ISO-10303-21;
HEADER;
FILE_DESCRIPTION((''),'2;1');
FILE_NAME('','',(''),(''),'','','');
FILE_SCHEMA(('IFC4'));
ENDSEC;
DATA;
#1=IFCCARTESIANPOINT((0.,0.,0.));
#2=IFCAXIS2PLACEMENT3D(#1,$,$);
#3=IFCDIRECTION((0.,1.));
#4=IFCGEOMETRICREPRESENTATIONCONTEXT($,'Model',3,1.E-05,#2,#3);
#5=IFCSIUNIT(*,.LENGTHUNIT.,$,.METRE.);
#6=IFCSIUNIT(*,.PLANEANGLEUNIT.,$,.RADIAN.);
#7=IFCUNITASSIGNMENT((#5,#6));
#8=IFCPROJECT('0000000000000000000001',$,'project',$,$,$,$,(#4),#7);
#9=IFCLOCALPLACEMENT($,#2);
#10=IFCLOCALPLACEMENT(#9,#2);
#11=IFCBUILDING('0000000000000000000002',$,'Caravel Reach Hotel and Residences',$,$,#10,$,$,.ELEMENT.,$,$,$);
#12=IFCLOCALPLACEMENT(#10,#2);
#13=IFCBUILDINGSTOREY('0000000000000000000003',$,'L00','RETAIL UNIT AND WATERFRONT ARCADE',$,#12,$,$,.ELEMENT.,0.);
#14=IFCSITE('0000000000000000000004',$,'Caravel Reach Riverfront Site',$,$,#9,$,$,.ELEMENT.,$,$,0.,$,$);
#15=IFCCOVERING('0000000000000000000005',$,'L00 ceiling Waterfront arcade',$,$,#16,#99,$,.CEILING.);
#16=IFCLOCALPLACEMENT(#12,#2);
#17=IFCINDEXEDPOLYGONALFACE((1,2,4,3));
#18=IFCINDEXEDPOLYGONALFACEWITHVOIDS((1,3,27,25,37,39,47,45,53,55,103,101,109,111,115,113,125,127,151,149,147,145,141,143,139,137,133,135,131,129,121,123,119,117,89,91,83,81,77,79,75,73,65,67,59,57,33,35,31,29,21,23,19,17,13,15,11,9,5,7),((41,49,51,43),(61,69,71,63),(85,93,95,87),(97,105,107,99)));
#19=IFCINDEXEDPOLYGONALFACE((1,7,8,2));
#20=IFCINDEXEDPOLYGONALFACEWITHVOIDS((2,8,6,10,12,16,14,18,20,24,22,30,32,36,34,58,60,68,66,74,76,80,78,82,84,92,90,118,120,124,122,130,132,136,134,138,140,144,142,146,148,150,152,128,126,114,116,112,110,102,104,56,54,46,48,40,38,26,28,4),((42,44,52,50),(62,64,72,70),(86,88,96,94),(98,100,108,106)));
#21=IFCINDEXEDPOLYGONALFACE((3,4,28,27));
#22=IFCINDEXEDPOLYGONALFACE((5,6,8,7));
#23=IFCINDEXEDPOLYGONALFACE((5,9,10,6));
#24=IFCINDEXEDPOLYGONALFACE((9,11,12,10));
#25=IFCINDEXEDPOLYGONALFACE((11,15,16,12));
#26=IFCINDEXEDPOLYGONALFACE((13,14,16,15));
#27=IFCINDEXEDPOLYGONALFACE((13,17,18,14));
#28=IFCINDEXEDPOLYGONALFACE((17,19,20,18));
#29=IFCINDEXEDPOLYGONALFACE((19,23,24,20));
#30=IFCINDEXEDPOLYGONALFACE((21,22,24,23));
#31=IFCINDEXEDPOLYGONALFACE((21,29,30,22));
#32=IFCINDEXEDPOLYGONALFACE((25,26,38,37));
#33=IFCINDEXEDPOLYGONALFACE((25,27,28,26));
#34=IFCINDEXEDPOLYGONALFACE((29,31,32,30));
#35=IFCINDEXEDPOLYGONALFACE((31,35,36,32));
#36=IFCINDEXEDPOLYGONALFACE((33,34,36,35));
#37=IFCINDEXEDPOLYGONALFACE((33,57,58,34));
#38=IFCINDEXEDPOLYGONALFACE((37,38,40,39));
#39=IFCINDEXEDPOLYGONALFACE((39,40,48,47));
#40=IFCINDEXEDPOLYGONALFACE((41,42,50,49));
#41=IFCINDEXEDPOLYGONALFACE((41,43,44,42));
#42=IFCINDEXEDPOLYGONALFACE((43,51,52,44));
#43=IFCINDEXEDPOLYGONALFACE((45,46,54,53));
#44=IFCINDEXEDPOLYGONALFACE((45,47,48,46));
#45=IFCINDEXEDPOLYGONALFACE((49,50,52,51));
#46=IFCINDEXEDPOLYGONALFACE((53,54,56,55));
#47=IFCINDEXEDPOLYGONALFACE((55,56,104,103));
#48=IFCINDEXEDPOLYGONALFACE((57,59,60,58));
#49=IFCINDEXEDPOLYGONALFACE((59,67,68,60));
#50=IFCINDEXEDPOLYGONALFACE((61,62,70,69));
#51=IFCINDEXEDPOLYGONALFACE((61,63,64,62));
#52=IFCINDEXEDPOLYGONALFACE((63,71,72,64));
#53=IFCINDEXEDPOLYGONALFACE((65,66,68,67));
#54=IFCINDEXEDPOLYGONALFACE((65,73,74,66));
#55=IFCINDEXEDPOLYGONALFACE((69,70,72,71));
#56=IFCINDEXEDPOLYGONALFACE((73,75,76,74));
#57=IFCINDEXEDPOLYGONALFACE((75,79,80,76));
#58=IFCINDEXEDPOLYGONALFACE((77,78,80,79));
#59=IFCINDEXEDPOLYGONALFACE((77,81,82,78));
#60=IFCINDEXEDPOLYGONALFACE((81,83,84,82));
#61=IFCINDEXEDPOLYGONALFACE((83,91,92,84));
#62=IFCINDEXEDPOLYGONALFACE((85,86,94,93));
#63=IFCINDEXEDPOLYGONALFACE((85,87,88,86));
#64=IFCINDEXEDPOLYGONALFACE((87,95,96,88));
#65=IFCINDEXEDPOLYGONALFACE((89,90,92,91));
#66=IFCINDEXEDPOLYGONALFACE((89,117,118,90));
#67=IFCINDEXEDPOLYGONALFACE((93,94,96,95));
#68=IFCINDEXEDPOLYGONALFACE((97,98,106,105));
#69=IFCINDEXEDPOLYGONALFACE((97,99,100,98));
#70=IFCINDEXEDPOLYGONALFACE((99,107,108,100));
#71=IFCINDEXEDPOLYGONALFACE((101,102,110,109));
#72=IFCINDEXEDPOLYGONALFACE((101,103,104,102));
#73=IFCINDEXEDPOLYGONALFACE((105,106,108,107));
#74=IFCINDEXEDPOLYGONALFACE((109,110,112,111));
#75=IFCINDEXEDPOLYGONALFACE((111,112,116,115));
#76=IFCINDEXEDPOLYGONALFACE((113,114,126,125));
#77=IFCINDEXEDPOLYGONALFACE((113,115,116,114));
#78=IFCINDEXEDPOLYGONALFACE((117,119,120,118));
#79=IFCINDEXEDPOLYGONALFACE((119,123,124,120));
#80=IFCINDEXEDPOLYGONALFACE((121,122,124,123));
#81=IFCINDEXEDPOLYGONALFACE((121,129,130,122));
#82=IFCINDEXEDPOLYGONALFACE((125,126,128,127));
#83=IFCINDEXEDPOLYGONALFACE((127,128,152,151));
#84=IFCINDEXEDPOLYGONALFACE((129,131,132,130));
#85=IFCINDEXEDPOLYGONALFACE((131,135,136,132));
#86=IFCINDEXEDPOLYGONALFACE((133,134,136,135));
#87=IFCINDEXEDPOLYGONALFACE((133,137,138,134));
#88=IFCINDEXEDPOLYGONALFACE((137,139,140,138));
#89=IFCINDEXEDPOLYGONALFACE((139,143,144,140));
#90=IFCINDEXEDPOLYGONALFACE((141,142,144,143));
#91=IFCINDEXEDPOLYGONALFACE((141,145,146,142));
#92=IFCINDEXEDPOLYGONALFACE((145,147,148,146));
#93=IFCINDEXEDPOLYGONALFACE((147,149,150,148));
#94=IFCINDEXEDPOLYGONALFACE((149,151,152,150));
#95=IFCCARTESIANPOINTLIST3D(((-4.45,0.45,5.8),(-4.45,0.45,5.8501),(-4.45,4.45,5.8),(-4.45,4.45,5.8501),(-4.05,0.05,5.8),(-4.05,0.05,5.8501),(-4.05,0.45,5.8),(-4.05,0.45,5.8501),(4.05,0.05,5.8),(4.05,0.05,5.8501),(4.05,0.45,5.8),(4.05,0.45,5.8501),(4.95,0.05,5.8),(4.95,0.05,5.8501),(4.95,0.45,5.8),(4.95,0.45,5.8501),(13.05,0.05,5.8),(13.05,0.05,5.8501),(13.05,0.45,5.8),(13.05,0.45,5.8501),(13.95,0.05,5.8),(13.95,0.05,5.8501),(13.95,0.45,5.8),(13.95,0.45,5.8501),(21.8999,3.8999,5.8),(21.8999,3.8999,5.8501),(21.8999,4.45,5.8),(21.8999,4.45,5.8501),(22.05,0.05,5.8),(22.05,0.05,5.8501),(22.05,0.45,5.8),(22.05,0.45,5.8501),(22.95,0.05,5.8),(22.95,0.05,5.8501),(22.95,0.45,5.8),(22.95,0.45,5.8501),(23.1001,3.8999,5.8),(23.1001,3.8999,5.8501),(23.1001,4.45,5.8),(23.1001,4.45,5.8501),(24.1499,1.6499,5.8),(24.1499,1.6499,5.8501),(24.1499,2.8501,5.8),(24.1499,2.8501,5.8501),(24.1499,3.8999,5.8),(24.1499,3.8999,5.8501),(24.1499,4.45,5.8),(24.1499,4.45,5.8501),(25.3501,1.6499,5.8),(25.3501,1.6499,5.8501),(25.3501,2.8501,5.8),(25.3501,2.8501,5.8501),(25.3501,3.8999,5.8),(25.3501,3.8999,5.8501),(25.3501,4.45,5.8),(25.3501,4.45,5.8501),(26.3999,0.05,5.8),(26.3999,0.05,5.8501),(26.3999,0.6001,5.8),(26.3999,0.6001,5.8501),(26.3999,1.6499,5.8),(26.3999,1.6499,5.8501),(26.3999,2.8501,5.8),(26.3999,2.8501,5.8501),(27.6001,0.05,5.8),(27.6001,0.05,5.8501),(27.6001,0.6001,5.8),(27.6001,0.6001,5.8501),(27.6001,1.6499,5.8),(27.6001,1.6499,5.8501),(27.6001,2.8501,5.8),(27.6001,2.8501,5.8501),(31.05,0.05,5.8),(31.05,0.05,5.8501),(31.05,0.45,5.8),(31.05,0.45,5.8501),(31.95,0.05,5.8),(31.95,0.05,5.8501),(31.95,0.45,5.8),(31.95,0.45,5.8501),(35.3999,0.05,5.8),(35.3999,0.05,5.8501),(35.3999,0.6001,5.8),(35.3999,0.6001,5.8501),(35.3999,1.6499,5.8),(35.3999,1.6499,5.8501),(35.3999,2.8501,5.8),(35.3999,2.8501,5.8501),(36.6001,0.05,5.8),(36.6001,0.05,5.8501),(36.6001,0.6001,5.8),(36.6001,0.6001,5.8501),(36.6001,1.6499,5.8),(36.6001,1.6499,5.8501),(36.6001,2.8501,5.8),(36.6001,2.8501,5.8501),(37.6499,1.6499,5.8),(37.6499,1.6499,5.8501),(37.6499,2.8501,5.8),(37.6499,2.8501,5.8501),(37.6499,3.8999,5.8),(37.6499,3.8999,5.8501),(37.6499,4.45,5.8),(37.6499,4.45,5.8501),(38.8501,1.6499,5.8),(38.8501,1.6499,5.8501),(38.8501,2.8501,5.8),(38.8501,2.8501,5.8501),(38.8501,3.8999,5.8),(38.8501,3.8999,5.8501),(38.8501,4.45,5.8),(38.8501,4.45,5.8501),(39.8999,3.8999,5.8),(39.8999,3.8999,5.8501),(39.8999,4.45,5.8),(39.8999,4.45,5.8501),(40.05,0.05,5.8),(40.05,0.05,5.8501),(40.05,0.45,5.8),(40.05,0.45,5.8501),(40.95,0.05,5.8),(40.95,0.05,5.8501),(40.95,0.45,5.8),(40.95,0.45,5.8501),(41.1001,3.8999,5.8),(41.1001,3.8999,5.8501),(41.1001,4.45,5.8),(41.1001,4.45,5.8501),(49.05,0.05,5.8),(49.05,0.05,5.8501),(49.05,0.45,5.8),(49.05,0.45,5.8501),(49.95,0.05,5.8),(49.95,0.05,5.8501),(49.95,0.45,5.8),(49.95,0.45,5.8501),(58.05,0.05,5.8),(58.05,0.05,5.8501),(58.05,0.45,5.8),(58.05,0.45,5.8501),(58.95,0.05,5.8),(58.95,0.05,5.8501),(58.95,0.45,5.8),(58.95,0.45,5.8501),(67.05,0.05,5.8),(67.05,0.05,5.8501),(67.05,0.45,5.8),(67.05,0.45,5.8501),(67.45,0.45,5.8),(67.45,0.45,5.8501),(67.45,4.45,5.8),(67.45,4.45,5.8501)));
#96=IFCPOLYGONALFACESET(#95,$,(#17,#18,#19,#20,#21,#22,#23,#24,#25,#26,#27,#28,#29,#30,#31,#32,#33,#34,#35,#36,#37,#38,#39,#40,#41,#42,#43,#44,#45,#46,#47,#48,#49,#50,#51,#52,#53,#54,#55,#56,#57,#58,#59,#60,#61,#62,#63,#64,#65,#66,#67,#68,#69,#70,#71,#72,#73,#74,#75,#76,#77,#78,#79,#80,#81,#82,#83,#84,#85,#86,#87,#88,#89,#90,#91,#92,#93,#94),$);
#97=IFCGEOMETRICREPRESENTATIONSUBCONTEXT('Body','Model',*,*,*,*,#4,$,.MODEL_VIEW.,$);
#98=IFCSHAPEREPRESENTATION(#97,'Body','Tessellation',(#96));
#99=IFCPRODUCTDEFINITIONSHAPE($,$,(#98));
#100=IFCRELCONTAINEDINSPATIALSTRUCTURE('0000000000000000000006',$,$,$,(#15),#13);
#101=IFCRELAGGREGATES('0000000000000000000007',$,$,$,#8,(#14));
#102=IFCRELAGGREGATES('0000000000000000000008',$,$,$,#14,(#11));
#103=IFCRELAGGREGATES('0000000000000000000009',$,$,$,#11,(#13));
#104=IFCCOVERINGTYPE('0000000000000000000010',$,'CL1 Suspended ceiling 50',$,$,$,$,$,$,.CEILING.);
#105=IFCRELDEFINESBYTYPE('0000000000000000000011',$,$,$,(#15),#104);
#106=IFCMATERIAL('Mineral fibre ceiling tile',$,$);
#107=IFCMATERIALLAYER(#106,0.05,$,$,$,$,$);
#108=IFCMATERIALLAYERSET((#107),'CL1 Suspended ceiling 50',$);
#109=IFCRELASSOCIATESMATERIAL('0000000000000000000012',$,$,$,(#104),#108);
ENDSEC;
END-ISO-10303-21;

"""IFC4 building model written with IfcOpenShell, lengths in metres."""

from ifc_helpers import new_model, si_unit, direction, frame, origin, place, context, subcontext, project, spatial, polyline, outline, extrude, material, layer, layer_set, type_object, element, save


model = new_model("IFC4")

# Units and contexts
model_context = context("Model", 3, precision=1e-05, world=origin(), true_north=direction((0.0, 1.0)))
body_context = subcontext(model_context, "Body", "Model", "MODEL_VIEW")
ifc_project = project(units=[si_unit("LENGTHUNIT", "METRE"), si_unit("PLANEANGLEUNIT", "RADIAN")], contexts=[model_context])

# Site, building, storey
site_placement = place(None, origin())
site = spatial("IfcSite", under=ifc_project, at=site_placement, Name="Caravel Reach Riverfront Site", CompositionType="ELEMENT", RefElevation=0.0)
building_placement = place(site_placement, origin())
building = spatial("IfcBuilding", under=site, at=building_placement, Name="Caravel Reach Hotel and Residences", CompositionType="ELEMENT")
storey_placement = place(building_placement, origin())
storey = spatial("IfcBuildingStorey", under=building, at=storey_placement, Name="L00", Description="RETAIL UNIT AND WATERFRONT ARCADE", CompositionType="ELEMENT", Elevation=0.0)

# Covering
ifc_material_1 = material(Name="Mineral fibre ceiling tile")
ifc_layer_1 = layer(ifc_material_1, 0.05)
ifc_layer_set_1 = layer_set([ifc_layer_1], Name="CL1 Suspended ceiling 50")
covering_type = type_object("IfcCoveringType", Name="CL1 Suspended ceiling 50", PredefinedType="CEILING", material=ifc_layer_set_1)
covering_1_placement = place(storey_placement, frame((0.0, 0.0, 5.8)))
element("IfcCovering", 1, at=covering_1_placement, inside=storey, type_object=covering_type, Name="L00 ceiling Waterfront arcade", PredefinedType="CEILING", context=body_context, shape_type="SweptSolid", body=[
    extrude(outline(polyline([(58.05, 0.05), (58.05, 0.45), (58.95, 0.45), (58.95, 0.05), (67.05, 0.05), (67.05, 0.45), (67.45, 0.45), (67.45, 4.45), (41.1001, 4.45), (41.1001, 3.8999), (39.8999, 3.8999), (39.8999, 4.45), (38.8501, 4.45), (38.8501, 3.8999), (37.6499, 3.8999), (37.6499, 4.45), (25.3501, 4.45), (25.3501, 3.8999), (24.1499, 3.8999), (24.1499, 4.45), (23.1001, 4.45), (23.1001, 3.8999), (21.8999, 3.8999), (21.8999, 4.45), (-4.45, 4.45), (-4.45, 0.45), (-4.05, 0.45), (-4.05, 0.05), (4.05, 0.05), (4.05, 0.45), (4.95, 0.45), (4.95, 0.05), (13.05, 0.05), (13.05, 0.45), (13.95, 0.45), (13.95, 0.05), (22.05, 0.05), (22.05, 0.45), (22.95, 0.45), (22.95, 0.05), (26.3999, 0.05), (26.3999, 0.6001), (27.6001, 0.6001), (27.6001, 0.05), (31.05, 0.05), (31.05, 0.45), (31.95, 0.45), (31.95, 0.05), (35.3999, 0.05), (35.3999, 0.6001), (36.6001, 0.6001), (36.6001, 0.05), (40.05, 0.05), (40.05, 0.45), (40.95, 0.45), (40.95, 0.05), (49.05, 0.05), (49.05, 0.45), (49.95, 0.45), (49.95, 0.05), (58.05, 0.05)]), holes=[polyline([(25.3501, 1.6499), (24.1499, 1.6499), (24.1499, 2.8501), (25.3501, 2.8501), (25.3501, 1.6499)]), polyline([(26.3999, 1.6499), (26.3999, 2.8501), (27.6001, 2.8501), (27.6001, 1.6499), (26.3999, 1.6499)]), polyline([(36.6001, 1.6499), (35.3999, 1.6499), (35.3999, 2.8501), (36.6001, 2.8501), (36.6001, 1.6499)]), polyline([(37.6499, 1.6499), (37.6499, 2.8501), (38.8501, 2.8501), (38.8501, 1.6499), (37.6499, 1.6499)])]), origin(), (0.0, 0.0, 1.0), 0.05),
])

save(model, "model.ifc")
